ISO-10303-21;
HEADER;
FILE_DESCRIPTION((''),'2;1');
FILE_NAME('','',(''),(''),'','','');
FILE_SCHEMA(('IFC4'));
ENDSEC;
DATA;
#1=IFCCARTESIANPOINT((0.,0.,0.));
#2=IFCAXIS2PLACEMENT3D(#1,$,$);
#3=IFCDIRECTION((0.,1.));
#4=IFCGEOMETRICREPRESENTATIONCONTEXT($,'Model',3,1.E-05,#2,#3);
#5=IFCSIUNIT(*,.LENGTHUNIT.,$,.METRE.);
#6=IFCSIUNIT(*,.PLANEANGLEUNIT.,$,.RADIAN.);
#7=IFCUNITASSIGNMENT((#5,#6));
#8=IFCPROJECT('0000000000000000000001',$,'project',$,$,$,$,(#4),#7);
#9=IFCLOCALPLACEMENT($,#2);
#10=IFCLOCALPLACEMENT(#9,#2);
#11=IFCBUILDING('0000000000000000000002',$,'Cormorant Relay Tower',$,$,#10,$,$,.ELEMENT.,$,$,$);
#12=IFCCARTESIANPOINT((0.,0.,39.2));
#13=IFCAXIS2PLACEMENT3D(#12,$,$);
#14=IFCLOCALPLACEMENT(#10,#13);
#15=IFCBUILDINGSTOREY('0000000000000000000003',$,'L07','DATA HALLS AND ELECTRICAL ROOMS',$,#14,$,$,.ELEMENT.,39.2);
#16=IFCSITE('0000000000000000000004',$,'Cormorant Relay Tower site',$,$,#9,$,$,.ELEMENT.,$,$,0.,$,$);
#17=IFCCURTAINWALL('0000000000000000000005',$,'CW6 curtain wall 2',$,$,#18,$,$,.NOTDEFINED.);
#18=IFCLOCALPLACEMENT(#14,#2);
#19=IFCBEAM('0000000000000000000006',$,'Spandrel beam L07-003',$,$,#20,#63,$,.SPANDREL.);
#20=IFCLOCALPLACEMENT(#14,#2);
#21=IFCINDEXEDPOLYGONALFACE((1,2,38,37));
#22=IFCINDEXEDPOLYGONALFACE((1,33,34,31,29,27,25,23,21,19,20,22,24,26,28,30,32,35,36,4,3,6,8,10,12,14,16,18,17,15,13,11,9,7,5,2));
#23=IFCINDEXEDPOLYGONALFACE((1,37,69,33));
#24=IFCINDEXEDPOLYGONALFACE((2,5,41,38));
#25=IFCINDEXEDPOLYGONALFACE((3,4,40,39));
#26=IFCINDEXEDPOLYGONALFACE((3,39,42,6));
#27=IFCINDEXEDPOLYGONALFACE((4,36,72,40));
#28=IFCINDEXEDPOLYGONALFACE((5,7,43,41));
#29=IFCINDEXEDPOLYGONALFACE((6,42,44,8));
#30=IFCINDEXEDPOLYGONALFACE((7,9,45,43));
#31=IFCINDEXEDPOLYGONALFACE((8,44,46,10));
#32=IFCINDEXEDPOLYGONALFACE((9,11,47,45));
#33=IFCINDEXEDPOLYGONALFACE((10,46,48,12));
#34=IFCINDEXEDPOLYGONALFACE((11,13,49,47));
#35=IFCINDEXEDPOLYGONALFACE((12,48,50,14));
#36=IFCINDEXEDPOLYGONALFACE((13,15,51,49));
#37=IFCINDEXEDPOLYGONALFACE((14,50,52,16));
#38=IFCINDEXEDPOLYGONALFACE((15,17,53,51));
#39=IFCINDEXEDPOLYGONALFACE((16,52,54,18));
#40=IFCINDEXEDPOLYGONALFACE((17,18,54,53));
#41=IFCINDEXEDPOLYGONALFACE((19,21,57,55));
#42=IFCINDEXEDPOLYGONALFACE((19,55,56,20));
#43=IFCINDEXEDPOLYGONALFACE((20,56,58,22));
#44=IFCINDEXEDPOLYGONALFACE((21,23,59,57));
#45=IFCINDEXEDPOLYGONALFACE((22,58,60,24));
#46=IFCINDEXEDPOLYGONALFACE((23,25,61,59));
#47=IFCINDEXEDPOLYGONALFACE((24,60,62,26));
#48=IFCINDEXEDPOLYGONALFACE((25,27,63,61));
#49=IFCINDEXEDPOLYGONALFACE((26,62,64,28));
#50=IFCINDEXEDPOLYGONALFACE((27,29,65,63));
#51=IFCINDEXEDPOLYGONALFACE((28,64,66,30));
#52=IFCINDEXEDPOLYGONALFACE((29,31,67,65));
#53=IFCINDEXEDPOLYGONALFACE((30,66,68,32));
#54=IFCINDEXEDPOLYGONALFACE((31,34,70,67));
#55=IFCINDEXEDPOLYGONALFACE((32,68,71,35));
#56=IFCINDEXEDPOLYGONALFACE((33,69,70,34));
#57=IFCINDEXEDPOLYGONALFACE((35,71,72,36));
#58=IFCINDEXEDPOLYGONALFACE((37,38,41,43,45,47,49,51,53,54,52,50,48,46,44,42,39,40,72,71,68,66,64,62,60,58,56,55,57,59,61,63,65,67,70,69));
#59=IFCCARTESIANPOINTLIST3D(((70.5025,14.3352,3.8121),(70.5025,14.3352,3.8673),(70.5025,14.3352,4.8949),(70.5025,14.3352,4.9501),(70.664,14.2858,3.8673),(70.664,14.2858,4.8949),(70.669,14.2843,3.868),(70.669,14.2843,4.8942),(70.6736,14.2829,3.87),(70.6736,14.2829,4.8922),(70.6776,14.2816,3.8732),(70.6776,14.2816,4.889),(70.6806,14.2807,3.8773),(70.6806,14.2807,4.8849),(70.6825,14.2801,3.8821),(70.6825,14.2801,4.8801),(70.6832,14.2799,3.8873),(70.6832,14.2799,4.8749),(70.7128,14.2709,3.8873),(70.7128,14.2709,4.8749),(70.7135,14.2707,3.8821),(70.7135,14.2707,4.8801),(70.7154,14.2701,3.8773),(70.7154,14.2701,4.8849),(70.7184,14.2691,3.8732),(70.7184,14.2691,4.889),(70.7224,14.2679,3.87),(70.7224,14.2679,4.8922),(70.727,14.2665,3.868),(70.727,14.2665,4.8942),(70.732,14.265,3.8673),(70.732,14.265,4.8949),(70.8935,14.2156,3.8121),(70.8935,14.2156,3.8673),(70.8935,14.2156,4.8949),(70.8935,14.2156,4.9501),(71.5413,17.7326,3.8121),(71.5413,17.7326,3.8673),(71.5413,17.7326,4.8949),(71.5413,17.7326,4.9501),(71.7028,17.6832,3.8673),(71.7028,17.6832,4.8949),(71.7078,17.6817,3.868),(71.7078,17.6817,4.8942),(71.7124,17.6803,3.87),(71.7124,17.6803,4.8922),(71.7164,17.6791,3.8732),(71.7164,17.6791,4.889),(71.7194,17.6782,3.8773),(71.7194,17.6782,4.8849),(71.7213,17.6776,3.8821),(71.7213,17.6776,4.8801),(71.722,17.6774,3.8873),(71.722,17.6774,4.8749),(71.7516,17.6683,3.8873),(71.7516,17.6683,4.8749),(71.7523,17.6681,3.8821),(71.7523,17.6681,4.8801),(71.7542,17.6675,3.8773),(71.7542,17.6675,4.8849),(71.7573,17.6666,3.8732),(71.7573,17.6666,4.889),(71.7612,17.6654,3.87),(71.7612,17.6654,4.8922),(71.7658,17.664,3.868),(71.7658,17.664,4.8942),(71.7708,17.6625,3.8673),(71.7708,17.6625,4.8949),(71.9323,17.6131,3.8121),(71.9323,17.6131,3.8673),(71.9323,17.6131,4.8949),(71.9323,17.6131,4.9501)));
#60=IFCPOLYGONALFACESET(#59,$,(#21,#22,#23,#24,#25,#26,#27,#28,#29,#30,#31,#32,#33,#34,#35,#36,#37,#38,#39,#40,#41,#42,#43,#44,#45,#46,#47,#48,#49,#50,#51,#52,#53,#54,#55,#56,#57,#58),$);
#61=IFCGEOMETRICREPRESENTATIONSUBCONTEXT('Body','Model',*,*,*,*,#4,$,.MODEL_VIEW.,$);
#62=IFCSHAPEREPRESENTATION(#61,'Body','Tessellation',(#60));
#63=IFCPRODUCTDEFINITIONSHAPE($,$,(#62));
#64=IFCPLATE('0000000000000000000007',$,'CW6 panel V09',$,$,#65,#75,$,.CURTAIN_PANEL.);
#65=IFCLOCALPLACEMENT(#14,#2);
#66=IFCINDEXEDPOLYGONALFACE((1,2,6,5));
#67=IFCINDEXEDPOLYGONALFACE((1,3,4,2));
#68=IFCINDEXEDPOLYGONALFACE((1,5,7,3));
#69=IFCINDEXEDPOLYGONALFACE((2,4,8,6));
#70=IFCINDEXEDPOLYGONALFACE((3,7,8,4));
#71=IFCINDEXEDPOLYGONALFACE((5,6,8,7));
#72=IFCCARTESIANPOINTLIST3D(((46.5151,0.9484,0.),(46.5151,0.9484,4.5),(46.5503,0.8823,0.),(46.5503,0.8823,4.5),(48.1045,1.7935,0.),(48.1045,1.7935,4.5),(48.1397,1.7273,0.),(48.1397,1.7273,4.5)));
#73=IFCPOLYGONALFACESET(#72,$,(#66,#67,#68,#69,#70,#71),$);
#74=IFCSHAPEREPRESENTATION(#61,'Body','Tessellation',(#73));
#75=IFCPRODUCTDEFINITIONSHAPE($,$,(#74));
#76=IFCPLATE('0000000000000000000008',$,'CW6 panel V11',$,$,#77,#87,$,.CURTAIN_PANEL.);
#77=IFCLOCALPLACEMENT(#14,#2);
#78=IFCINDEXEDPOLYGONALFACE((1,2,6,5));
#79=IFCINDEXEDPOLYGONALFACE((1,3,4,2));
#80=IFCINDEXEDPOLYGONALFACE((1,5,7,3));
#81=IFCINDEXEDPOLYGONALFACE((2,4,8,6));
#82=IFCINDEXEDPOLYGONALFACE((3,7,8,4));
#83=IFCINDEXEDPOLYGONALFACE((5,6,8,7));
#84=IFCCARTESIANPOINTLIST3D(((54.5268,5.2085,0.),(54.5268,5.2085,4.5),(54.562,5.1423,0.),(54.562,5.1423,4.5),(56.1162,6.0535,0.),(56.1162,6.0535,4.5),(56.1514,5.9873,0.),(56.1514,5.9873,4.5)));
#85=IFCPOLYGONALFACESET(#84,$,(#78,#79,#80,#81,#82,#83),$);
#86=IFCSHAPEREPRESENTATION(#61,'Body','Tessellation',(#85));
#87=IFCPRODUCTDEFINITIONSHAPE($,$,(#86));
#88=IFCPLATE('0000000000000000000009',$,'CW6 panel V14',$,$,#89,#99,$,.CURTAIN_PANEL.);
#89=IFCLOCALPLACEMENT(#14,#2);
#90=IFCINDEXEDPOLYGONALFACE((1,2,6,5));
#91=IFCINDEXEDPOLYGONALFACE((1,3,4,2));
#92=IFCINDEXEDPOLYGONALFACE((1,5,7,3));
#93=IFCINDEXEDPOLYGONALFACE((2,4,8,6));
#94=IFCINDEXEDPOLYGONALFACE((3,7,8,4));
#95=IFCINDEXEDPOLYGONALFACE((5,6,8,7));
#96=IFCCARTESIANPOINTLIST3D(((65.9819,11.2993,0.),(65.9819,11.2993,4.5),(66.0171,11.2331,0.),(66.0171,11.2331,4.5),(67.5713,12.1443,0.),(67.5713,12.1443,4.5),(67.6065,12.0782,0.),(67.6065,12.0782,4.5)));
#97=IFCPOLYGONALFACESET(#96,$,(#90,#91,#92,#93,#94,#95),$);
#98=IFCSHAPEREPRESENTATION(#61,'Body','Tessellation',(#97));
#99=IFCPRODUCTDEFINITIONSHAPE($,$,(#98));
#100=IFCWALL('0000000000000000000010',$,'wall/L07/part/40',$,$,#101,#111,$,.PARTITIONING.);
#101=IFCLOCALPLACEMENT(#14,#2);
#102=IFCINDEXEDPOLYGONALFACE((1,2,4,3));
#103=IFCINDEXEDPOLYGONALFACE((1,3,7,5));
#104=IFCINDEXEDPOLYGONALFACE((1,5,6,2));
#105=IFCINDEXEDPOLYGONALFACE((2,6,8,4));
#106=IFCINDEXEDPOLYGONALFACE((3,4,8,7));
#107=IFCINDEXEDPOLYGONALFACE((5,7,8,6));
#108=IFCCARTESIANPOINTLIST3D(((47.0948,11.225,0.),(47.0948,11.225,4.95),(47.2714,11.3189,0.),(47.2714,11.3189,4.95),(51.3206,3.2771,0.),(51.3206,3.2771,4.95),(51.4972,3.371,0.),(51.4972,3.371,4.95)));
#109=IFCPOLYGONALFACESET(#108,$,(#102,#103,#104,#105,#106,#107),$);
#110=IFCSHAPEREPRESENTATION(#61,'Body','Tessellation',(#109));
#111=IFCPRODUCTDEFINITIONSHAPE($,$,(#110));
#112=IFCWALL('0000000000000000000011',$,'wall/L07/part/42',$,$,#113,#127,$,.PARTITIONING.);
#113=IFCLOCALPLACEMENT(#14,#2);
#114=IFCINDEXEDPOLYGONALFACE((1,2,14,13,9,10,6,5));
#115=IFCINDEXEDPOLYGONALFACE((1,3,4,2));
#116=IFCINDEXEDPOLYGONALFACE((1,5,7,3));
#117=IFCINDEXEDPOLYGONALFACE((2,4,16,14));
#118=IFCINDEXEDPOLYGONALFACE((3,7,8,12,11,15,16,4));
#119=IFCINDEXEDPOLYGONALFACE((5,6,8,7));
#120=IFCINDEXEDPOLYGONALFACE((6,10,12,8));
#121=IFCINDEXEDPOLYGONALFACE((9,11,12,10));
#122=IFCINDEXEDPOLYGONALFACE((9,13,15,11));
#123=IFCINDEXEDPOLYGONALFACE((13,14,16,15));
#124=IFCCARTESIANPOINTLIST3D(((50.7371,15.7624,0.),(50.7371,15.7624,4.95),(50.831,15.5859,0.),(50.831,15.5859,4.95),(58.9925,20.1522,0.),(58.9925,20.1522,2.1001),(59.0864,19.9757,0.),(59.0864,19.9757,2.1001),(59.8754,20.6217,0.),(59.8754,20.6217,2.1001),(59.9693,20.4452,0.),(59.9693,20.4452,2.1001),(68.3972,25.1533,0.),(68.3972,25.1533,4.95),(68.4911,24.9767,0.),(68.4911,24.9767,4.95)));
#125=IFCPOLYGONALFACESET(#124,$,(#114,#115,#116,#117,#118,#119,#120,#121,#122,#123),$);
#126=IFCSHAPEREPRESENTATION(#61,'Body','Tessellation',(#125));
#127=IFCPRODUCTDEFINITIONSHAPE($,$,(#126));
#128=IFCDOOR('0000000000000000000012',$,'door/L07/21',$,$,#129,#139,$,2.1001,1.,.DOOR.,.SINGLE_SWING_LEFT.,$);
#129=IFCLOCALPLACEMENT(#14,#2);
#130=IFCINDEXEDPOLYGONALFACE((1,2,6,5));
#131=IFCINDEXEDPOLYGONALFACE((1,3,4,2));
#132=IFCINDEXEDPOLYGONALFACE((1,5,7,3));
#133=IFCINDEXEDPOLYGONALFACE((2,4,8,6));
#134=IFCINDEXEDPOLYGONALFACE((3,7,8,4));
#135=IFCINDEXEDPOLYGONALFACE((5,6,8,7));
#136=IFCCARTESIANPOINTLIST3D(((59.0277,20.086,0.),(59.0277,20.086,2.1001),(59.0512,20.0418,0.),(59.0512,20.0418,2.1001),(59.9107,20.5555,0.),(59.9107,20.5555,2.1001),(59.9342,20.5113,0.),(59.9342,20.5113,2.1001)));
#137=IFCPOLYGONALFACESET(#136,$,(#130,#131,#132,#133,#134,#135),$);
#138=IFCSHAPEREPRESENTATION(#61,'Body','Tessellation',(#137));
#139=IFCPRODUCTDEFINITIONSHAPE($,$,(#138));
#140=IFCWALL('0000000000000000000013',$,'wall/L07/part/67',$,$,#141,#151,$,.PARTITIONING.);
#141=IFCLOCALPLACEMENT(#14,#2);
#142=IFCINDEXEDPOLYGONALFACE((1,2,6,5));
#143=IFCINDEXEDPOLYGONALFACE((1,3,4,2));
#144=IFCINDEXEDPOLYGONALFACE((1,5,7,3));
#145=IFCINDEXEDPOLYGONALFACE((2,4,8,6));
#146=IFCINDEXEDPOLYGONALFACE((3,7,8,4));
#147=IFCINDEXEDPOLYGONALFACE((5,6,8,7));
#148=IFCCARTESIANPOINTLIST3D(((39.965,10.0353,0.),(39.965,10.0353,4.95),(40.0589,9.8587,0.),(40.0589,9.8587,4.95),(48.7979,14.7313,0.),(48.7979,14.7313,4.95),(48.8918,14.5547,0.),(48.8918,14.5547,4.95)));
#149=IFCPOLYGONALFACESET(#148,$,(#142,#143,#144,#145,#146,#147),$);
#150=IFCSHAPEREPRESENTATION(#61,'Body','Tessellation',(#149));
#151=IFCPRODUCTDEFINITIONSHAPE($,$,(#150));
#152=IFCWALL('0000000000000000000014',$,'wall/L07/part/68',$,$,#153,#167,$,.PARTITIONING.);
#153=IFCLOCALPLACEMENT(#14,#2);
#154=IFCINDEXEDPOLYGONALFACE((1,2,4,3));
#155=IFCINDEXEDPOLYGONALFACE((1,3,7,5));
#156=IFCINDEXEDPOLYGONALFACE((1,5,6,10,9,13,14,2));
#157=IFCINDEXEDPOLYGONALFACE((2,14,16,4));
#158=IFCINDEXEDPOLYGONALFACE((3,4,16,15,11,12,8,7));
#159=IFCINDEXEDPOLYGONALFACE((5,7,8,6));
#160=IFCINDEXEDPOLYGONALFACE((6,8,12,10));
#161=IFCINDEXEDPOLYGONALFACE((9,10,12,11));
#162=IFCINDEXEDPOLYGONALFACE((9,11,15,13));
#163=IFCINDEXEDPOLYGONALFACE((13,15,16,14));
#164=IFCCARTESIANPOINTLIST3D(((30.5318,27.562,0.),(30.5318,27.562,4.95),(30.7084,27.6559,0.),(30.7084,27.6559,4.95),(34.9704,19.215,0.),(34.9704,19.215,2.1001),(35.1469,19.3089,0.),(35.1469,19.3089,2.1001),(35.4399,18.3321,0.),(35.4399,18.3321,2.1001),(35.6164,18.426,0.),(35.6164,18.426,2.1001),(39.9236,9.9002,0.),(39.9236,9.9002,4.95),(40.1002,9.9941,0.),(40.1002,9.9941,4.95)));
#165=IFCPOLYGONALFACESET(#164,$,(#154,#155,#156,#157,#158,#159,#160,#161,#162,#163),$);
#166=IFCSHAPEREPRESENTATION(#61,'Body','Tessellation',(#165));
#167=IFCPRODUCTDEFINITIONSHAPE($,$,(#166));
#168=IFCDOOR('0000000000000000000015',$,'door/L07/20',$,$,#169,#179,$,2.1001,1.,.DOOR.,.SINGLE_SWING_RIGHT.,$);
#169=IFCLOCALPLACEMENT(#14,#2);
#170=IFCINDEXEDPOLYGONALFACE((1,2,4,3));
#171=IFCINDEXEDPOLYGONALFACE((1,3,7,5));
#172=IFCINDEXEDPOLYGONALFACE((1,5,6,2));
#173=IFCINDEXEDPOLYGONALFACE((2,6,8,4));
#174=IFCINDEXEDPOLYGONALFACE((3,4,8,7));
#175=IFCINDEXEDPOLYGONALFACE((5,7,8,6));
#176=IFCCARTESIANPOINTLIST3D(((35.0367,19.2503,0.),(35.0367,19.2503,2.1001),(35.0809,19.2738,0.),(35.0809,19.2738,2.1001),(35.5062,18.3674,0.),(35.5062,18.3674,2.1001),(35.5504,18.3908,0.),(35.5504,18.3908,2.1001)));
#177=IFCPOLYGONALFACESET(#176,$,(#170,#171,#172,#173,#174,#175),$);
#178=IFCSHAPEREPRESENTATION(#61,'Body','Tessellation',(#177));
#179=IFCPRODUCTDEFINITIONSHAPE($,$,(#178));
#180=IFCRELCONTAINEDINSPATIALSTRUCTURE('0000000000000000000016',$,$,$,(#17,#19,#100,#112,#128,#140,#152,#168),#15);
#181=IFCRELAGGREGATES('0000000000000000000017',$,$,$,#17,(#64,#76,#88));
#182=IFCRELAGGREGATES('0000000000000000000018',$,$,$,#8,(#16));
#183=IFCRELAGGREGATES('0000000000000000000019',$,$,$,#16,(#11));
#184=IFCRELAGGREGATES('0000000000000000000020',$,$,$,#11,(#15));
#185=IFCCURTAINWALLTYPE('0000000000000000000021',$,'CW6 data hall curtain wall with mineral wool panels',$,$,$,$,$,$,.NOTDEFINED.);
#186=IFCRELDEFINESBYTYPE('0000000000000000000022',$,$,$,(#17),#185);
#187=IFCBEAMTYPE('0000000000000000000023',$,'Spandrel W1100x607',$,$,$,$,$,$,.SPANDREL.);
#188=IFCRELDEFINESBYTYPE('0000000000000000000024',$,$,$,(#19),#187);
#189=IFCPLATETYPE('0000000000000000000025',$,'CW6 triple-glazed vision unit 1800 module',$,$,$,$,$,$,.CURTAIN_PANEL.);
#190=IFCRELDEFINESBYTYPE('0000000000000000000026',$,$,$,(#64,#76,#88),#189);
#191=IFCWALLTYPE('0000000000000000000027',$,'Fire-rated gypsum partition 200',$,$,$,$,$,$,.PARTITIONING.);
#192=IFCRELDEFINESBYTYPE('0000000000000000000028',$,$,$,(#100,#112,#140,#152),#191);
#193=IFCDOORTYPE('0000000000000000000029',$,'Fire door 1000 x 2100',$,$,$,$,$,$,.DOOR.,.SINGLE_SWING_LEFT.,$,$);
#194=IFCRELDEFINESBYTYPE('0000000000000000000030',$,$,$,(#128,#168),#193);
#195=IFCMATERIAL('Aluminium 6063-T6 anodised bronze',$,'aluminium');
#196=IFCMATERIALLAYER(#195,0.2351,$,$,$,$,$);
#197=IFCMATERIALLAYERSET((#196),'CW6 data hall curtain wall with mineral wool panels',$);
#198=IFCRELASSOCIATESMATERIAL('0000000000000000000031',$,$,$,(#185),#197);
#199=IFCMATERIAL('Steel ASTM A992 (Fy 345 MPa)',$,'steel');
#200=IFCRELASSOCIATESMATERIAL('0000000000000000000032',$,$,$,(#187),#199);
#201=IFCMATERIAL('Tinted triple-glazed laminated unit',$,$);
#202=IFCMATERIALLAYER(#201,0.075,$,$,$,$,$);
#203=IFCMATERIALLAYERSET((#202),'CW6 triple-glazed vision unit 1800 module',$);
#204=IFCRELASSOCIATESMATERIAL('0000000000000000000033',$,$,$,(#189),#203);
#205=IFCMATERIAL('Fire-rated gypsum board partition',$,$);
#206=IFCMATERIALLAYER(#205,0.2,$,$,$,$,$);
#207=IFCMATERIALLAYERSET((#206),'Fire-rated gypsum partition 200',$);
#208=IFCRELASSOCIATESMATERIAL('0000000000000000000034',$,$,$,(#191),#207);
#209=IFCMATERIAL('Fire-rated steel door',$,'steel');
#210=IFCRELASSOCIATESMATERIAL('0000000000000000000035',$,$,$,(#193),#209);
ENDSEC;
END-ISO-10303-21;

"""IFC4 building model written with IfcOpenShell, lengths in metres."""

from ifc_helpers import new_model, si_unit, direction, frame, frame_2d, origin, origin_2d, place, context, subcontext, project, spatial, rectangle, i_section, extrude, material, layer, layer_set, material_profile, profile_set, type_object, element, fill, aggregate, save


model = new_model("IFC4")

# Units and contexts
model_context = context("Model", 3, precision=1e-05, world=origin(), true_north=direction((0.0, 1.0)))
body_context = subcontext(model_context, "Body", "Model", "MODEL_VIEW")
ifc_project = project(units=[si_unit("LENGTHUNIT", "METRE"), si_unit("PLANEANGLEUNIT", "RADIAN")], contexts=[model_context])

# Site, building, storey
site_placement = place(None, origin())
site = spatial("IfcSite", under=ifc_project, at=site_placement, Name="Cormorant Relay Tower site", CompositionType="ELEMENT", RefElevation=0.0)
building_placement = place(site_placement, origin())
building = spatial("IfcBuilding", under=site, at=building_placement, Name="Cormorant Relay Tower", CompositionType="ELEMENT")
storey_placement = place(building_placement, frame((0.0, 0.0, 39.2)))
storey = spatial("IfcBuildingStorey", under=building, at=storey_placement, Name="L07", Description="DATA HALLS AND ELECTRICAL ROOMS", CompositionType="ELEMENT", Elevation=39.2)

# Curtain wall
ifc_material_1 = material(Name="Aluminium 6063-T6 anodised bronze", Category="aluminium")
ifc_layer_1 = layer(ifc_material_1, 0.2351)
ifc_layer_set_1 = layer_set([ifc_layer_1], Name="CW6 data hall curtain wall with mineral wool panels")
curtain_wall_type = type_object("IfcCurtainWallType", Name="CW6 data hall curtain wall with mineral wool panels", PredefinedType="NOTDEFINED", material=ifc_layer_set_1)
curtain_wall_1_placement = place(storey_placement, origin())
curtain_wall_1 = element("IfcCurtainWall", 1, at=curtain_wall_1_placement, inside=storey, type_object=curtain_wall_type, Name="CW6 curtain wall 2", PredefinedType="NOTDEFINED")

# Beam
ifc_material_2 = material(Name="Steel ASTM A992 (Fy 345 MPa)", Category="steel")
ifc_material_profile_1 = material_profile(ifc_material_2, i_section(OverallWidth=0.4089, OverallDepth=1.1379, WebThickness=0.031, FlangeThickness=0.0552, FilletRadius=0.02, at=origin_2d()), Name="W1100x607")
ifc_profile_set_1 = profile_set([ifc_material_profile_1], Name="Steel ASTM A992 (Fy 345 MPa)")
beam_type = type_object("IfcBeamType", Name="Spandrel W1100x607", PredefinedType="SPANDREL", material=ifc_profile_set_1)
beam_placement = place(storey_placement, frame((70.698, 14.2754, 4.3811), z_axis=(0.2924, 0.956296, 0.0), x_axis=(-0.956296, 0.2924, 0.0)))
element("IfcBeam", 2, at=beam_placement, inside=storey, type_object=beam_type, Name="Spandrel beam L07-003", PredefinedType="SPANDREL", context=body_context, shape_type="SweptSolid", body=[
    extrude(i_section(OverallWidth=0.4089, OverallDepth=1.1379, WebThickness=0.031, FlangeThickness=0.0552, FilletRadius=0.02, at=origin_2d()), origin(), (0.0, 0.0, 1.0), 3.5527),
])

# Plates
ifc_material_3 = material(Name="Tinted triple-glazed laminated unit")
ifc_layer_2 = layer(ifc_material_3, 0.075)
ifc_layer_set_2 = layer_set([ifc_layer_2], Name="CW6 triple-glazed vision unit 1800 module")
plate_type = type_object("IfcPlateType", Name="CW6 triple-glazed vision unit 1800 module", PredefinedType="CURTAIN_PANEL", material=ifc_layer_set_2)
plate_1_placement = place(storey_placement, frame((47.3274, 1.3379, 0.0), z_axis=(0.0, 0.0, 1.0), x_axis=(0.882948, 0.469472, 0.0)))
plate_1 = element("IfcPlate", 3, at=plate_1_placement, type_object=plate_type, Name="CW6 panel V09", PredefinedType="CURTAIN_PANEL", context=body_context, shape_type="SweptSolid", body=[
    extrude(rectangle(XDim=1.8, YDim=0.075, at=origin_2d()), origin(), (0.0, 0.0, 1.0), 4.5),
])
plate_2_placement = place(storey_placement, frame((55.3391, 5.5979, 0.0), z_axis=(0.0, 0.0, 1.0), x_axis=(0.882948, 0.469472, 0.0)))
plate_2 = element("IfcPlate", 4, at=plate_2_placement, type_object=plate_type, Name="CW6 panel V11", PredefinedType="CURTAIN_PANEL", context=body_context, shape_type="SweptSolid", body=[
    extrude(rectangle(XDim=1.8, YDim=0.075, at=origin_2d()), origin(), (0.0, 0.0, 1.0), 4.5),
])
plate_3_placement = place(storey_placement, frame((66.7942, 11.6887, 0.0), z_axis=(0.0, 0.0, 1.0), x_axis=(0.882948, 0.469472, 0.0)))
plate_3 = element("IfcPlate", 5, at=plate_3_placement, type_object=plate_type, Name="CW6 panel V14", PredefinedType="CURTAIN_PANEL", context=body_context, shape_type="SweptSolid", body=[
    extrude(rectangle(XDim=1.8, YDim=0.075, at=origin_2d()), origin(), (0.0, 0.0, 1.0), 4.5),
])

# Wall
ifc_material_4 = material(Name="Fire-rated gypsum board partition")
ifc_layer_3 = layer(ifc_material_4, 0.2)
ifc_layer_set_3 = layer_set([ifc_layer_3], Name="Fire-rated gypsum partition 200")
wall_type = type_object("IfcWallType", Name="Fire-rated gypsum partition 200", PredefinedType="PARTITIONING", material=ifc_layer_set_3)
wall_1_placement = place(storey_placement, frame((47.1831, 11.272, 0.0), z_axis=(0.0, 0.0, 1.0), x_axis=(0.469455, -0.882957, 0.0)))
element("IfcWall", 6, at=wall_1_placement, inside=storey, type_object=wall_type, Name="wall/L07/part/40", PredefinedType="PARTITIONING", context=body_context, shape_type="SweptSolid", body=[
    extrude(rectangle(XDim=9.0015, YDim=0.2, at=frame_2d((4.5007, 0.0))), origin(), (0.0, 0.0, 1.0), 4.95),
])

# Wall, opening, door
wall_2_placement = place(storey_placement, frame((50.7839, 15.6741, 0.0), z_axis=(0.0, 0.0, 1.0), x_axis=(0.882931, 0.469503, 0.0)))
wall_2 = element("IfcWall", 7, at=wall_2_placement, inside=storey, type_object=wall_type, Name="wall/L07/part/42", PredefinedType="PARTITIONING", context=body_context, shape_type="SweptSolid", body=[
    extrude(rectangle(XDim=20.0017, YDim=0.2, at=frame_2d((10.001, 0.0))), origin(), (0.0, 0.0, 1.0), 4.95),
])
opening_1_placement = place(wall_2_placement, frame((9.3501, 0.0, 0.0)))
opening_1 = element("IfcOpeningElement", 8, at=opening_1_placement, cuts=wall_2, PredefinedType="OPENING", context=body_context, shape_type="SweptSolid", body=[
    extrude(rectangle(XDim=1.0, YDim=2.1001, at=frame_2d((0.5, 1.05))), frame((0.0, 0.1099, 0.0), z_axis=(0.0, -1.0, 0.0), x_axis=(1.0, 0.0, 0.0)), (0.0, 0.0, 1.0), 0.22),
])
ifc_material_5 = material(Name="Fire-rated steel door", Category="steel")
door_type = type_object("IfcDoorType", Name="Fire door 1000 x 2100", OperationType="SINGLE_SWING_LEFT", PredefinedType="DOOR", material=ifc_material_5)
door_1_placement = place(opening_1_placement, origin())
door_1 = element("IfcDoor", 9, at=door_1_placement, inside=storey, type_object=door_type, Name="door/L07/21", OperationType="SINGLE_SWING_LEFT", OverallHeight=2.1001, OverallWidth=1.0, PredefinedType="DOOR", context=body_context, shape_type="SweptSolid", body=[
    extrude(rectangle(XDim=1.0, YDim=2.1001, at=frame_2d((0.5, 1.05))), frame((0.0, 0.0249, 0.0), z_axis=(0.0, -1.0, 0.0), x_axis=(1.0, 0.0, 0.0)), (0.0, 0.0, 1.0), 0.05),
])
fill(opening_1, door_1)

# Wall
wall_3_placement = place(storey_placement, frame((48.845, 14.6431, 0.0), z_axis=(0.0, 0.0, 1.0), x_axis=(-0.88297, -0.469429, 0.0)))
element("IfcWall", 10, at=wall_3_placement, inside=storey, type_object=wall_type, Name="wall/L07/part/67", PredefinedType="PARTITIONING", context=body_context, shape_type="SweptSolid", body=[
    extrude(rectangle(XDim=10.0037, YDim=0.2, at=frame_2d((5.002, 0.0))), origin(), (0.0, 0.0, 1.0), 4.95),
])

# Wall, opening, door
wall_4_placement = place(storey_placement, frame((40.012, 9.947, 0.0), z_axis=(0.0, 0.0, 1.0), x_axis=(-0.469505, 0.88293, 0.0)))
wall_4 = element("IfcWall", 11, at=wall_4_placement, inside=storey, type_object=wall_type, Name="wall/L07/part/68", PredefinedType="PARTITIONING", context=body_context, shape_type="SweptSolid", body=[
    extrude(rectangle(XDim=20.0037, YDim=0.2, at=frame_2d((10.002, 0.0))), origin(), (0.0, 0.0, 1.0), 4.95),
])
opening_2_placement = place(wall_4_placement, frame((9.55, 0.0, 0.0)))
opening_2 = element("IfcOpeningElement", 12, at=opening_2_placement, cuts=wall_4, PredefinedType="OPENING", context=body_context, shape_type="SweptSolid", body=[
    extrude(rectangle(XDim=1.0, YDim=2.1001, at=frame_2d((0.5, 1.05))), frame((0.0, 0.1099, 0.0), z_axis=(0.0, -1.0, 0.0), x_axis=(1.0, 0.0, 0.0)), (0.0, 0.0, 1.0), 0.22),
])
door_2_placement = place(opening_2_placement, origin())
door_2 = element("IfcDoor", 13, at=door_2_placement, inside=storey, type_object=door_type, Name="door/L07/20", OperationType="SINGLE_SWING_RIGHT", OverallHeight=2.1001, OverallWidth=1.0, PredefinedType="DOOR", context=body_context, shape_type="SweptSolid", body=[
    extrude(rectangle(XDim=1.0, YDim=2.1001, at=frame_2d((0.5, 1.05))), frame((0.0, 0.0249, 0.0), z_axis=(0.0, -1.0, 0.0), x_axis=(1.0, 0.0, 0.0)), (0.0, 0.0, 1.0), 0.05),
])
fill(opening_2, door_2)

aggregate(curtain_wall_1, [plate_1, plate_2, plate_3])

save(model, "model.ifc")
